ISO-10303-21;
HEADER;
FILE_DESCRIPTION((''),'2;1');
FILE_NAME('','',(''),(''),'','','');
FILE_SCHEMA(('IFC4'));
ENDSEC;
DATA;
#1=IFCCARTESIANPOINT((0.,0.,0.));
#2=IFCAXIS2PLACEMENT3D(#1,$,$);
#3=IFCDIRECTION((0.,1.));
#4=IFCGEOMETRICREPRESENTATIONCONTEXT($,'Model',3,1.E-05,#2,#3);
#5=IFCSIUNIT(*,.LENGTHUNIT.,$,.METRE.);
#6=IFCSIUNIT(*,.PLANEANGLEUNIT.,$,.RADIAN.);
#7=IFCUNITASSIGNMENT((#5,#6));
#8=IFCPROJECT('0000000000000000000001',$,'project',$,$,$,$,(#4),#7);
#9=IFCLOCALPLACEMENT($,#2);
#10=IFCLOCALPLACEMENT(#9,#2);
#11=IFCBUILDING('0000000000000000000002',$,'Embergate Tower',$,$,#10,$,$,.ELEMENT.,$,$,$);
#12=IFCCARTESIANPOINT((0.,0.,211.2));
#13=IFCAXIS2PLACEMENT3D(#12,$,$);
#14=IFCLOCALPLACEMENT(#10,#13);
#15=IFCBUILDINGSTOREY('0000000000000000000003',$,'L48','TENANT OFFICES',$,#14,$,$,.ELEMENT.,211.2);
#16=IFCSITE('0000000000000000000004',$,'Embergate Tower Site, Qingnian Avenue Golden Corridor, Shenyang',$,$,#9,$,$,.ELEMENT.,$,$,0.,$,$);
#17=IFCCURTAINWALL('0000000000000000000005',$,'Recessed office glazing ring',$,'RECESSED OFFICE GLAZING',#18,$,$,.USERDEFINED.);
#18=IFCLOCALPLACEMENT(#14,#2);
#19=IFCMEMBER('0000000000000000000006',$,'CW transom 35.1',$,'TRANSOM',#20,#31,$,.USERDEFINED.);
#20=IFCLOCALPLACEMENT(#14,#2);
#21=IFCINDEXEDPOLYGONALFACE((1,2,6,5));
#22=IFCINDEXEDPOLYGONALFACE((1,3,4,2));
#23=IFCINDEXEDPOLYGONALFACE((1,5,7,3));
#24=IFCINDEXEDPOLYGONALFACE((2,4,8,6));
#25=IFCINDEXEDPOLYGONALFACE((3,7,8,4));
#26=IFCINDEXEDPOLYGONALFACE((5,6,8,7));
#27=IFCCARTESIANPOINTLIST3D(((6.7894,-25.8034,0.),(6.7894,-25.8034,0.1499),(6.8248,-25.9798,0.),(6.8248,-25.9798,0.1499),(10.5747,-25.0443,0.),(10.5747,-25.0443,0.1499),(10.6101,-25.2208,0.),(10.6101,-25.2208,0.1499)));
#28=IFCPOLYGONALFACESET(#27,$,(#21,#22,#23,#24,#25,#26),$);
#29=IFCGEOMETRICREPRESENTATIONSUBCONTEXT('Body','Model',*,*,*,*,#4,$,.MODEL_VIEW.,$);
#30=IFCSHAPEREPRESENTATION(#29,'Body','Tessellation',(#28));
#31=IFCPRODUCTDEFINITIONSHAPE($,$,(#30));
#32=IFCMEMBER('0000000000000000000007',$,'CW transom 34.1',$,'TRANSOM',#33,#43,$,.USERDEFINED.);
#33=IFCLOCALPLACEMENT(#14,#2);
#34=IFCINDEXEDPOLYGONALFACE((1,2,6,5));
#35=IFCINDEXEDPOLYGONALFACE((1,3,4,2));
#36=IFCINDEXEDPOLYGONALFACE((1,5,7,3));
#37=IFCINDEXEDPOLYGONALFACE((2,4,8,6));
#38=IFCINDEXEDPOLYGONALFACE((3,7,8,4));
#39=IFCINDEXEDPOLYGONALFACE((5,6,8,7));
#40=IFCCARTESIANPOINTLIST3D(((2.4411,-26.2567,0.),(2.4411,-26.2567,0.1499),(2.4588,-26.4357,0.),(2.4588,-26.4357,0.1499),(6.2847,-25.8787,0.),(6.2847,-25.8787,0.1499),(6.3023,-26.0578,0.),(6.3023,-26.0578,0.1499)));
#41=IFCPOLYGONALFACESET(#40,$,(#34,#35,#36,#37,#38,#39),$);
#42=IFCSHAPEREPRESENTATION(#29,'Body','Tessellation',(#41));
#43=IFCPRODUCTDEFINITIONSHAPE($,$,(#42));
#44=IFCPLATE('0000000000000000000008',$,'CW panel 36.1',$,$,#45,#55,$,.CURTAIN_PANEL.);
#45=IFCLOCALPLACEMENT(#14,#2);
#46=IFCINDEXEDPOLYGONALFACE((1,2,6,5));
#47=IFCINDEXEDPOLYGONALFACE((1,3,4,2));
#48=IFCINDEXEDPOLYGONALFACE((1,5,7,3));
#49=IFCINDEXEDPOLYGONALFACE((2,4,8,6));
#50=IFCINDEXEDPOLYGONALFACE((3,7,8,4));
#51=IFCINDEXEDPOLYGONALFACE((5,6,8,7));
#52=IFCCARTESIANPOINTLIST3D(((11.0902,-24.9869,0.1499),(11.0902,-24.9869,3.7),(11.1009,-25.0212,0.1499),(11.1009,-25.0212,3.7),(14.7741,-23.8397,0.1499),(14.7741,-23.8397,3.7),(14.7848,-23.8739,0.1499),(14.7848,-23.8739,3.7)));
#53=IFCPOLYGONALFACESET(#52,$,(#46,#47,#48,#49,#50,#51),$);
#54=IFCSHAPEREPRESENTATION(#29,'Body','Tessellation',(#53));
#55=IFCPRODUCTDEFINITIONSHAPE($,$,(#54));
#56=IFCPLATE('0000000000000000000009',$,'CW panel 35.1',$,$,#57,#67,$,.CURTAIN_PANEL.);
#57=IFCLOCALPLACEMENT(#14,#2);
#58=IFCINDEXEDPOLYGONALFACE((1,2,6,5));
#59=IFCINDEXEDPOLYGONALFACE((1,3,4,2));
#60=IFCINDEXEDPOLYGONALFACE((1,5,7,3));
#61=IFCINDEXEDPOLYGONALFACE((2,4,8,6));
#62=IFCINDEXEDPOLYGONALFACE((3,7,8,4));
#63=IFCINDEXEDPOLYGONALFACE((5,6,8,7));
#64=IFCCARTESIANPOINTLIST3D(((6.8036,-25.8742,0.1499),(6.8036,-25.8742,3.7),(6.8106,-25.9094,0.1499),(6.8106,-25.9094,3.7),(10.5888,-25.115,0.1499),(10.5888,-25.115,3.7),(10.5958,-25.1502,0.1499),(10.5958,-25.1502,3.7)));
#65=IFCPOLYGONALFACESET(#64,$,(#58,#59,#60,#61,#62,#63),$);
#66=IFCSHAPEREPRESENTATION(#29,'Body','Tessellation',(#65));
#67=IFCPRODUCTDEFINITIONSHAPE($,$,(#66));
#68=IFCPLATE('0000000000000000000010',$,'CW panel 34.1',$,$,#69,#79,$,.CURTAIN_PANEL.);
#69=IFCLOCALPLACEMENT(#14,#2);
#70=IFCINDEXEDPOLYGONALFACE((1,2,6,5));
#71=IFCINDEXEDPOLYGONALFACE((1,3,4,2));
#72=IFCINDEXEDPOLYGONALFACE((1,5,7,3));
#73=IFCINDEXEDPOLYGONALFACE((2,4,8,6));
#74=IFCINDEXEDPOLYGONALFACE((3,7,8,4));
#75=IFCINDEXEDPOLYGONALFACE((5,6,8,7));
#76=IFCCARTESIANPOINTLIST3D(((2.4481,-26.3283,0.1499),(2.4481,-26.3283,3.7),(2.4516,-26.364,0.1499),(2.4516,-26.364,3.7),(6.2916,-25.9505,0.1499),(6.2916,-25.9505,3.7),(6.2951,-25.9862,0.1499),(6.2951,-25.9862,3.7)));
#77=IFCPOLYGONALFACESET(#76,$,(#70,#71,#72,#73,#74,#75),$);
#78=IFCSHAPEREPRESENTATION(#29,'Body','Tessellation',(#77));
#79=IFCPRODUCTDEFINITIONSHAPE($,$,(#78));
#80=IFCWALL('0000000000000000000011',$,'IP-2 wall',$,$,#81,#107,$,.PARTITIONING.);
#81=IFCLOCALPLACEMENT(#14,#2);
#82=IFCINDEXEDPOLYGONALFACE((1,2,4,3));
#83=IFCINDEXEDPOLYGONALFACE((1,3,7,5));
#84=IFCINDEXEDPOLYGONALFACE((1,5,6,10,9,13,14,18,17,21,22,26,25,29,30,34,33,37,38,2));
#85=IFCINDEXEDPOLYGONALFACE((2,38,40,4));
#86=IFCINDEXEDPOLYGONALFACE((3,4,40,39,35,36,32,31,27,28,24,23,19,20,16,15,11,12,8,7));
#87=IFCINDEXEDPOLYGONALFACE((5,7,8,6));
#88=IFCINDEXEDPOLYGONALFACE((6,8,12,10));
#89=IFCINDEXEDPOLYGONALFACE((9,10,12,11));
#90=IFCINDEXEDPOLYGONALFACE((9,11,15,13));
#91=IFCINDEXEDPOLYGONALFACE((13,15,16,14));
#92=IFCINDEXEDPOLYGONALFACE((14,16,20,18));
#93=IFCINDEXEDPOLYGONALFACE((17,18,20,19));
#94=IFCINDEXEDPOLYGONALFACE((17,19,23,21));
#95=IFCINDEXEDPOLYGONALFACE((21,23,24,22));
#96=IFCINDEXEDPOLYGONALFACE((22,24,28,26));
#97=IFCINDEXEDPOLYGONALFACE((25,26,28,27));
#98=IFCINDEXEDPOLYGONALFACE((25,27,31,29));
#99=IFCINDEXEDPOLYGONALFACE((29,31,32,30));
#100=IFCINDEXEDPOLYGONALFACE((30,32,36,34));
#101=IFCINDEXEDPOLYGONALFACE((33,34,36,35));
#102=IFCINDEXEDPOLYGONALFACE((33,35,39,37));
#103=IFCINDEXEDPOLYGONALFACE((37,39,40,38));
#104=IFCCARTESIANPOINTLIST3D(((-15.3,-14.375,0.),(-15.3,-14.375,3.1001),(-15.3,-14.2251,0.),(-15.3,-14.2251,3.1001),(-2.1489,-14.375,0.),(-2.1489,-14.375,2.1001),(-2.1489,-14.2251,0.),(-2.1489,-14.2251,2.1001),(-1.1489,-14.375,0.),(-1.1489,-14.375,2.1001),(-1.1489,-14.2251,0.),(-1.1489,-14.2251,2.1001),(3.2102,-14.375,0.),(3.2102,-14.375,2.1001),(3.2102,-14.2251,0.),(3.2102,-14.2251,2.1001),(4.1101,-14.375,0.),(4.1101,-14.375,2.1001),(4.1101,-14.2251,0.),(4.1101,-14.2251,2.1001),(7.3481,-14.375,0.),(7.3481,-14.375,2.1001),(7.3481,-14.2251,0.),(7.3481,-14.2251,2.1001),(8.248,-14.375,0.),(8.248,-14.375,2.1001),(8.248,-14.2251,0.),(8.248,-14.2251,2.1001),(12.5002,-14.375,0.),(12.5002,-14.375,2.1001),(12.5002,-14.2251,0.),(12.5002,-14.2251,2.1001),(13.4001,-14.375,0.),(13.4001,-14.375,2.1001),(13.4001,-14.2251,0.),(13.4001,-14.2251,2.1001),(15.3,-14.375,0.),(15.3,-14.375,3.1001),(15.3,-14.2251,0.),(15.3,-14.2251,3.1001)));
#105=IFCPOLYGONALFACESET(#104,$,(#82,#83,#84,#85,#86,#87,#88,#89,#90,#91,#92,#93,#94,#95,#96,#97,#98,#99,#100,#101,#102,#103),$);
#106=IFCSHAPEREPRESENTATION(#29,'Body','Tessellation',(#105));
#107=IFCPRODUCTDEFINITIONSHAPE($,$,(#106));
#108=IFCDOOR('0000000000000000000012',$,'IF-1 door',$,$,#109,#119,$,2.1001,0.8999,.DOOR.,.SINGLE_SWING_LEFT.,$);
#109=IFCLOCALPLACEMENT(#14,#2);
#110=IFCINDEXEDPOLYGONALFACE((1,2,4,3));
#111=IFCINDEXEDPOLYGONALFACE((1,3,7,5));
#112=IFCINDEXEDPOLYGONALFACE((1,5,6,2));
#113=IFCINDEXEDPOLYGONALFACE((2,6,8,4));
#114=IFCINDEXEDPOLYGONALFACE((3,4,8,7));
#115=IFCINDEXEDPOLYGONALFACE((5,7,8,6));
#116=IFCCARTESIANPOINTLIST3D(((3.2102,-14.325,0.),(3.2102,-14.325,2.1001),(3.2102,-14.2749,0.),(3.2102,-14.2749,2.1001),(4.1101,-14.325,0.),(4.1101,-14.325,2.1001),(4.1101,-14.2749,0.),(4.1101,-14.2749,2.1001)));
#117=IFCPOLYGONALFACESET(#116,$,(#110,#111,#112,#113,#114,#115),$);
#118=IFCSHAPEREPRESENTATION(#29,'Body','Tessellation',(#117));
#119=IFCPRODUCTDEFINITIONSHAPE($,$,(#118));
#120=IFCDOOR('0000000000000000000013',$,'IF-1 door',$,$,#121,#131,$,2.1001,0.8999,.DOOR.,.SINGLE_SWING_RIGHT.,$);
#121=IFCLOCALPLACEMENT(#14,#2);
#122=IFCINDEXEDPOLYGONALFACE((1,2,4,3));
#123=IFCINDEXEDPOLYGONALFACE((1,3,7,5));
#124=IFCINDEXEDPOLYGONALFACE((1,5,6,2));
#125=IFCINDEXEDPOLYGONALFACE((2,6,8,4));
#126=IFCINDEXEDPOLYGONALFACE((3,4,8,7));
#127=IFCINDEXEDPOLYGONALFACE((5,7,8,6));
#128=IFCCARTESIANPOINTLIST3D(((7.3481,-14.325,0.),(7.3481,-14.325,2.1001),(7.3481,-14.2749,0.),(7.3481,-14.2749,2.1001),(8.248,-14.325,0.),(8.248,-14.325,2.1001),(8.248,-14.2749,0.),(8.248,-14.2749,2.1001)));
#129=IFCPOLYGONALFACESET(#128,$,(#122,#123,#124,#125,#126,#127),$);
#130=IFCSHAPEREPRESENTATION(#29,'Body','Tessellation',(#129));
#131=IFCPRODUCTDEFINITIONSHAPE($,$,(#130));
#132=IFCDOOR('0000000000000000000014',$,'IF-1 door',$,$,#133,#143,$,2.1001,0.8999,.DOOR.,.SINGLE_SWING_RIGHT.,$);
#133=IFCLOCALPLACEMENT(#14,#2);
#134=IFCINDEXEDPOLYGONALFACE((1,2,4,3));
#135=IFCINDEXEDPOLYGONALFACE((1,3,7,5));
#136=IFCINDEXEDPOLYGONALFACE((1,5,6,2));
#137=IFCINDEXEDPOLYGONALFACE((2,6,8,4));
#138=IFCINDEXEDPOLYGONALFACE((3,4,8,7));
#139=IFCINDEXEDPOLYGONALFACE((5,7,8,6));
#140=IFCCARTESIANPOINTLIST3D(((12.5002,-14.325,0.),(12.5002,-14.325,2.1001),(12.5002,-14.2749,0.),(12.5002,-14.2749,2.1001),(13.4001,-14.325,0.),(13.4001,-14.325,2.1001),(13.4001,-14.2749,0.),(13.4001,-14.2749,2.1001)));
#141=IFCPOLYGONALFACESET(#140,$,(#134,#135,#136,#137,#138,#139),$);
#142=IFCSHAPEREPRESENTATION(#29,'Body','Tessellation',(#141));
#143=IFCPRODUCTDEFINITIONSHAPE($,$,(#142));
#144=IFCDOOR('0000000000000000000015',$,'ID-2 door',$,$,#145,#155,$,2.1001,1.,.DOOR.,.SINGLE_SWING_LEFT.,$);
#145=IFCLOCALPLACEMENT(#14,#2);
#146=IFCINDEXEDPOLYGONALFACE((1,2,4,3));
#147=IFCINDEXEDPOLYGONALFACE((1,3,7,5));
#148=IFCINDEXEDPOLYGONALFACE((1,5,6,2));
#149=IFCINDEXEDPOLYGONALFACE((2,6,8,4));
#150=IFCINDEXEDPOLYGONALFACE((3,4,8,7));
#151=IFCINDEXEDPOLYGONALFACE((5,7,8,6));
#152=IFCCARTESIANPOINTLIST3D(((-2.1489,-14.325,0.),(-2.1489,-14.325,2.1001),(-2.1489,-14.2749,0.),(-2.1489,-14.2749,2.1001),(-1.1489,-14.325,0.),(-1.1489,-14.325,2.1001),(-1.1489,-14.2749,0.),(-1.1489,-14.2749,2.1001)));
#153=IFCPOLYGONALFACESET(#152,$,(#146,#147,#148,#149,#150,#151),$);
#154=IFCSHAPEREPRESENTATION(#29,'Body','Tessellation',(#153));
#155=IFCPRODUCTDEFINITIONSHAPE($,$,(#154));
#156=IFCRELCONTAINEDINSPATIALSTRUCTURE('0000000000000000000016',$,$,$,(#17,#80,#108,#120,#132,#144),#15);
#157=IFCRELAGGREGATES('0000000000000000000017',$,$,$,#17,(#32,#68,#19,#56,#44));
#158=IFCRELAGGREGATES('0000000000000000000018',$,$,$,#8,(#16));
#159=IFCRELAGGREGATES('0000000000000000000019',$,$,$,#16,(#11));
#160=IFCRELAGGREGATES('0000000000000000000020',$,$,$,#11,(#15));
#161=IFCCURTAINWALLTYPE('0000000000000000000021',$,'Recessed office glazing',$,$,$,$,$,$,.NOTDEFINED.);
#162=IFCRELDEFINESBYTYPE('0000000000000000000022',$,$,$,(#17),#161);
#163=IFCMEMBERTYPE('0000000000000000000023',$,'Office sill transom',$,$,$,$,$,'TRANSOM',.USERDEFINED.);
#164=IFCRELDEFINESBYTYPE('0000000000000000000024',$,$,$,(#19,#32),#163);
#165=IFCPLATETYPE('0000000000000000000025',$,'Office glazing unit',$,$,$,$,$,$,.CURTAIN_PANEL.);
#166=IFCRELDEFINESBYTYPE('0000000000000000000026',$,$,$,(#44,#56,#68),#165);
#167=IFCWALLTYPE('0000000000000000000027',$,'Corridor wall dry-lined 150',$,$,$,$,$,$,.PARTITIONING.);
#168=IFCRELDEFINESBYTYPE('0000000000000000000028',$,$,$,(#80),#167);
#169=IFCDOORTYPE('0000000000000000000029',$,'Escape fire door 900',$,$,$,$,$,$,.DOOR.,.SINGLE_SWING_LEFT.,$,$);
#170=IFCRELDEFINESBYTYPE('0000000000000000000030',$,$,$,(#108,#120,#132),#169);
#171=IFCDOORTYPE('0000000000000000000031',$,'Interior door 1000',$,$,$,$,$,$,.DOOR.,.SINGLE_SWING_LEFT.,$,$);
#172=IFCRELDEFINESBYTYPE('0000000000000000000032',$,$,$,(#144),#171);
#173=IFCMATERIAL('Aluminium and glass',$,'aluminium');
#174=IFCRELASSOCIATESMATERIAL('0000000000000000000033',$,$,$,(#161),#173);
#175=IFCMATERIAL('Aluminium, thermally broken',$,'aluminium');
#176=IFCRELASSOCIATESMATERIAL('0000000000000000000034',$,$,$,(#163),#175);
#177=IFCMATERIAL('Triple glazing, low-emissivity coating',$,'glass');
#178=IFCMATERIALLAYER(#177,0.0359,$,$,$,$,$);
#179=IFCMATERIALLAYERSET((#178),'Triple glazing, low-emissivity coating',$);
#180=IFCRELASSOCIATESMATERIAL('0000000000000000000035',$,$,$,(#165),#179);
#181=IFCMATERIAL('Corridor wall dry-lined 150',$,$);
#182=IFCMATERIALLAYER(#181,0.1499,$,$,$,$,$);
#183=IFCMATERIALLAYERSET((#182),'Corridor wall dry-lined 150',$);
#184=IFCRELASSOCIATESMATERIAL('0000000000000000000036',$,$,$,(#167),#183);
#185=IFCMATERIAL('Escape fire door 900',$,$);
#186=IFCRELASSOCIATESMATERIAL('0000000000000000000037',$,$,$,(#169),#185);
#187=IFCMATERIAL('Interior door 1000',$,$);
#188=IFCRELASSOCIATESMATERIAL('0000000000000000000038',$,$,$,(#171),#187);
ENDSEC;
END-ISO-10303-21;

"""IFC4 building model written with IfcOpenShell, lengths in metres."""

from ifc_helpers import new_model, si_unit, direction, frame, frame_2d, origin, origin_2d, place, context, subcontext, project, spatial, rectangle, extrude, source, transform, mapped, material, layer, layer_set, material_profile, profile_set, type_object, element, fill, aggregate, save


model = new_model("IFC4")

# Units and contexts
model_context = context("Model", 3, precision=1e-05, world=origin(), true_north=direction((0.0, 1.0)))
body_context = subcontext(model_context, "Body", "Model", "MODEL_VIEW")
ifc_project = project(units=[si_unit("LENGTHUNIT", "METRE"), si_unit("PLANEANGLEUNIT", "RADIAN")], contexts=[model_context])

# Site, building, storey
site_placement = place(None, origin())
site = spatial("IfcSite", under=ifc_project, at=site_placement, Name="Embergate Tower Site, Qingnian Avenue Golden Corridor, Shenyang", CompositionType="ELEMENT", RefElevation=0.0)
building_placement = place(site_placement, origin())
building = spatial("IfcBuilding", under=site, at=building_placement, Name="Embergate Tower", CompositionType="ELEMENT")
storey_placement = place(building_placement, frame((0.0, 0.0, 211.2)))
storey = spatial("IfcBuildingStorey", under=building, at=storey_placement, Name="L48", Description="TENANT OFFICES", CompositionType="ELEMENT", Elevation=211.2)

# Curtain wall, members, plates
ifc_material_1 = material(Name="Aluminium and glass", Category="aluminium")
curtain_wall_type = type_object("IfcCurtainWallType", Name="Recessed office glazing", PredefinedType="NOTDEFINED", material=ifc_material_1)
curtain_wall_placement = place(storey_placement, origin())
curtain_wall = element("IfcCurtainWall", 1, at=curtain_wall_placement, inside=storey, type_object=curtain_wall_type, Name="Recessed office glazing ring", ObjectType="RECESSED OFFICE GLAZING", PredefinedType="USERDEFINED")
ifc_material_2 = material(Name="Aluminium, thermally broken", Category="aluminium")
ifc_material_profile_1 = material_profile(ifc_material_2, rectangle(XDim=0.1799, YDim=0.1499, at=origin_2d()), Name="AL 150x180")
ifc_profile_set_1 = profile_set([ifc_material_profile_1], Name="Aluminium, thermally broken")
member_type_1 = type_object("IfcMemberType", Name="Office sill transom", ElementType="TRANSOM", PredefinedType="USERDEFINED", material=ifc_profile_set_1)
shared_shape_1 = source(origin(), body_context, "Body", "SweptSolid", [
    extrude(rectangle(XDim=0.1799, YDim=0.1499, at=origin_2d()), origin(), (0.0, 0.0, 1.0), 3.8606),
])
member_1_placement = place(storey_placement, frame((6.8071, -25.8916, 0.075), z_axis=(0.980481, 0.196615, 0.0), x_axis=(-0.196615, 0.980481, 0.0)))
member_1 = element("IfcMember", 2, at=member_1_placement, type_object=member_type_1, Name="CW transom 35.1", ObjectType="TRANSOM", PredefinedType="USERDEFINED", context=body_context, shape_type="MappedRepresentation", body=[
    mapped(shared_shape_1, transform((0.0, 0.0, 0.0))),
])
shared_shape_2 = source(origin(), body_context, "Body", "SweptSolid", [
    extrude(rectangle(XDim=0.1799, YDim=0.1499, at=origin_2d()), origin(), (0.0, 0.0, 1.0), 3.8621),
])
member_2_placement = place(storey_placement, frame((2.45, -26.3462, 0.075), z_axis=(0.9952, 0.097857, 0.0), x_axis=(-0.097857, 0.9952, 0.0)))
member_2 = element("IfcMember", 3, at=member_2_placement, type_object=member_type_1, Name="CW transom 34.1", ObjectType="TRANSOM", PredefinedType="USERDEFINED", context=body_context, shape_type="MappedRepresentation", body=[
    mapped(shared_shape_2, transform((0.0, 0.0, 0.0))),
])
ifc_material_3 = material(Name="Triple glazing, low-emissivity coating", Category="glass")
ifc_layer_1 = layer(ifc_material_3, 0.0359)
ifc_layer_set_1 = layer_set([ifc_layer_1], Name="Triple glazing, low-emissivity coating")
plate_type = type_object("IfcPlateType", Name="Office glazing unit", PredefinedType="CURTAIN_PANEL", material=ifc_layer_set_1)
shared_shape_3 = source(origin(), body_context, "Body", "SweptSolid", [
    extrude(rectangle(XDim=3.8584, YDim=0.0359, at=origin_2d()), origin(), (0.0, 0.0, 1.0), 3.55),
])
plate_1_placement = place(storey_placement, frame((12.9375, -24.4304, 0.1499), z_axis=(0.0, 0.0, 1.0), x_axis=(0.954771, 0.297343, 0.0)))
plate_1 = element("IfcPlate", 4, at=plate_1_placement, type_object=plate_type, Name="CW panel 36.1", PredefinedType="CURTAIN_PANEL", context=body_context, shape_type="MappedRepresentation", body=[
    mapped(shared_shape_3, transform((0.0, 0.0, 0.0))),
])
shared_shape_4 = source(origin(), body_context, "Body", "SweptSolid", [
    extrude(rectangle(XDim=3.8606, YDim=0.0359, at=origin_2d()), origin(), (0.0, 0.0, 1.0), 3.55),
])
plate_2_placement = place(storey_placement, frame((8.6997, -25.5122, 0.1499), z_axis=(0.0, 0.0, 1.0), x_axis=(0.980475, 0.196643, 0.0)))
plate_2 = element("IfcPlate", 5, at=plate_2_placement, type_object=plate_type, Name="CW panel 35.1", PredefinedType="CURTAIN_PANEL", context=body_context, shape_type="MappedRepresentation", body=[
    mapped(shared_shape_4, transform((0.0, 0.0, 0.0))),
])
shared_shape_5 = source(origin(), body_context, "Body", "SweptSolid", [
    extrude(rectangle(XDim=3.8621, YDim=0.0359, at=origin_2d()), origin(), (0.0, 0.0, 1.0), 3.55),
])
plate_3_placement = place(storey_placement, frame((4.3716, -26.1572, 0.1499), z_axis=(0.0, 0.0, 1.0), x_axis=(0.995203, 0.097831, 0.0)))
plate_3 = element("IfcPlate", 6, at=plate_3_placement, type_object=plate_type, Name="CW panel 34.1", PredefinedType="CURTAIN_PANEL", context=body_context, shape_type="MappedRepresentation", body=[
    mapped(shared_shape_5, transform((0.0, 0.0, 0.0))),
])
aggregate(curtain_wall, [member_2, plate_3, member_1, plate_2, plate_1])

# Wall, openings, doors
ifc_material_4 = material(Name="Corridor wall dry-lined 150")
ifc_layer_2 = layer(ifc_material_4, 0.1499)
ifc_layer_set_2 = layer_set([ifc_layer_2], Name="Corridor wall dry-lined 150")
wall_type_1 = type_object("IfcWallType", Name="Corridor wall dry-lined 150", PredefinedType="PARTITIONING", material=ifc_layer_set_2)
shared_shape_6 = source(origin(), body_context, "Body", "SweptSolid", [
    extrude(rectangle(XDim=30.6001, YDim=0.1499, at=frame_2d((15.3, 0.0))), origin(), (0.0, 0.0, 1.0), 3.1001),
])
wall_1_placement = place(storey_placement, frame((15.3, -14.3, 0.0), z_axis=(0.0, 0.0, 1.0), x_axis=(-1.0, 0.0, 0.0)))
wall_1 = element("IfcWall", 7, at=wall_1_placement, inside=storey, type_object=wall_type_1, Name="IP-2 wall", PredefinedType="PARTITIONING", context=body_context, shape_type="MappedRepresentation", body=[
    mapped(shared_shape_6, transform((0.0, 0.0, 0.0))),
])
shared_shape_7 = source(origin(), body_context, "Body", "SweptSolid", [
    extrude(rectangle(XDim=1.0, YDim=2.1001, at=frame_2d((0.5, 1.05))), frame((0.0, 0.085, 0.0), z_axis=(0.0, -1.0, 0.0), x_axis=(1.0, 0.0, 0.0)), (0.0, 0.0, 1.0), 0.1699),
])
opening_1_placement = place(wall_1_placement, frame((16.449, 0.0, 0.0)))
opening_1 = element("IfcOpeningElement", 8, at=opening_1_placement, cuts=wall_1, PredefinedType="OPENING", context=body_context, shape_type="MappedRepresentation", body=[
    mapped(shared_shape_7, transform((0.0, 0.0, 0.0))),
])
shared_shape_8 = source(origin(), body_context, "Body", "SweptSolid", [
    extrude(rectangle(XDim=0.8999, YDim=2.1001, at=frame_2d((0.45, 1.05))), frame((0.0, 0.085, 0.0), z_axis=(0.0, -1.0, 0.0), x_axis=(1.0, 0.0, 0.0)), (0.0, 0.0, 1.0), 0.1699),
])
opening_2_placement = place(wall_1_placement, frame((11.1899, 0.0, 0.0)))
opening_2 = element("IfcOpeningElement", 9, at=opening_2_placement, cuts=wall_1, PredefinedType="OPENING", context=body_context, shape_type="MappedRepresentation", body=[
    mapped(shared_shape_8, transform((0.0, 0.0, 0.0))),
])
opening_3_placement = place(wall_1_placement, frame((7.052, 0.0, 0.0)))
opening_3 = element("IfcOpeningElement", 10, at=opening_3_placement, cuts=wall_1, PredefinedType="OPENING", context=body_context, shape_type="MappedRepresentation", body=[
    mapped(shared_shape_8, transform((0.0, 0.0, 0.0))),
])
opening_4_placement = place(wall_1_placement, frame((1.8999, 0.0, 0.0)))
opening_4 = element("IfcOpeningElement", 11, at=opening_4_placement, cuts=wall_1, PredefinedType="OPENING", context=body_context, shape_type="MappedRepresentation", body=[
    mapped(shared_shape_8, transform((0.0, 0.0, 0.0))),
])
ifc_material_5 = material(Name="Escape fire door 900")
door_type_1 = type_object("IfcDoorType", Name="Escape fire door 900", OperationType="SINGLE_SWING_LEFT", PredefinedType="DOOR", material=ifc_material_5)
shared_shape_9 = source(origin(), body_context, "Body", "SweptSolid", [
    extrude(rectangle(XDim=0.8999, YDim=2.1001, at=frame_2d((0.45, 1.05))), frame((0.0, 0.0249, 0.0), z_axis=(0.0, -1.0, 0.0), x_axis=(1.0, 0.0, 0.0)), (0.0, 0.0, 1.0), 0.05),
])
door_1_placement = place(opening_2_placement, origin())
door_1 = element("IfcDoor", 12, at=door_1_placement, inside=storey, type_object=door_type_1, Name="IF-1 door", OperationType="SINGLE_SWING_LEFT", OverallHeight=2.1001, OverallWidth=0.8999, PredefinedType="DOOR", context=body_context, shape_type="MappedRepresentation", body=[
    mapped(shared_shape_9, transform((0.0, 0.0, 0.0))),
])
fill(opening_2, door_1)
door_2_placement = place(opening_3_placement, origin())
door_2 = element("IfcDoor", 13, at=door_2_placement, inside=storey, type_object=door_type_1, Name="IF-1 door", OperationType="SINGLE_SWING_RIGHT", OverallHeight=2.1001, OverallWidth=0.8999, PredefinedType="DOOR", context=body_context, shape_type="MappedRepresentation", body=[
    mapped(shared_shape_9, transform((0.0, 0.0, 0.0))),
])
fill(opening_3, door_2)
door_3_placement = place(opening_4_placement, origin())
door_3 = element("IfcDoor", 14, at=door_3_placement, inside=storey, type_object=door_type_1, Name="IF-1 door", OperationType="SINGLE_SWING_RIGHT", OverallHeight=2.1001, OverallWidth=0.8999, PredefinedType="DOOR", context=body_context, shape_type="MappedRepresentation", body=[
    mapped(shared_shape_9, transform((0.0, 0.0, 0.0))),
])
fill(opening_4, door_3)
ifc_material_6 = material(Name="Interior door 1000")
door_type_2 = type_object("IfcDoorType", Name="Interior door 1000", OperationType="SINGLE_SWING_LEFT", PredefinedType="DOOR", material=ifc_material_6)
shared_shape_10 = source(origin(), body_context, "Body", "SweptSolid", [
    extrude(rectangle(XDim=1.0, YDim=2.1001, at=frame_2d((0.5, 1.05))), frame((0.0, 0.0249, 0.0), z_axis=(0.0, -1.0, 0.0), x_axis=(1.0, 0.0, 0.0)), (0.0, 0.0, 1.0), 0.05),
])
door_4_placement = place(opening_1_placement, origin())
door_4 = element("IfcDoor", 15, at=door_4_placement, inside=storey, type_object=door_type_2, Name="ID-2 door", OperationType="SINGLE_SWING_LEFT", OverallHeight=2.1001, OverallWidth=1.0, PredefinedType="DOOR", context=body_context, shape_type="MappedRepresentation", body=[
    mapped(shared_shape_10, transform((0.0, 0.0, 0.0))),
])
fill(opening_1, door_4)

save(model, "model.ifc")
